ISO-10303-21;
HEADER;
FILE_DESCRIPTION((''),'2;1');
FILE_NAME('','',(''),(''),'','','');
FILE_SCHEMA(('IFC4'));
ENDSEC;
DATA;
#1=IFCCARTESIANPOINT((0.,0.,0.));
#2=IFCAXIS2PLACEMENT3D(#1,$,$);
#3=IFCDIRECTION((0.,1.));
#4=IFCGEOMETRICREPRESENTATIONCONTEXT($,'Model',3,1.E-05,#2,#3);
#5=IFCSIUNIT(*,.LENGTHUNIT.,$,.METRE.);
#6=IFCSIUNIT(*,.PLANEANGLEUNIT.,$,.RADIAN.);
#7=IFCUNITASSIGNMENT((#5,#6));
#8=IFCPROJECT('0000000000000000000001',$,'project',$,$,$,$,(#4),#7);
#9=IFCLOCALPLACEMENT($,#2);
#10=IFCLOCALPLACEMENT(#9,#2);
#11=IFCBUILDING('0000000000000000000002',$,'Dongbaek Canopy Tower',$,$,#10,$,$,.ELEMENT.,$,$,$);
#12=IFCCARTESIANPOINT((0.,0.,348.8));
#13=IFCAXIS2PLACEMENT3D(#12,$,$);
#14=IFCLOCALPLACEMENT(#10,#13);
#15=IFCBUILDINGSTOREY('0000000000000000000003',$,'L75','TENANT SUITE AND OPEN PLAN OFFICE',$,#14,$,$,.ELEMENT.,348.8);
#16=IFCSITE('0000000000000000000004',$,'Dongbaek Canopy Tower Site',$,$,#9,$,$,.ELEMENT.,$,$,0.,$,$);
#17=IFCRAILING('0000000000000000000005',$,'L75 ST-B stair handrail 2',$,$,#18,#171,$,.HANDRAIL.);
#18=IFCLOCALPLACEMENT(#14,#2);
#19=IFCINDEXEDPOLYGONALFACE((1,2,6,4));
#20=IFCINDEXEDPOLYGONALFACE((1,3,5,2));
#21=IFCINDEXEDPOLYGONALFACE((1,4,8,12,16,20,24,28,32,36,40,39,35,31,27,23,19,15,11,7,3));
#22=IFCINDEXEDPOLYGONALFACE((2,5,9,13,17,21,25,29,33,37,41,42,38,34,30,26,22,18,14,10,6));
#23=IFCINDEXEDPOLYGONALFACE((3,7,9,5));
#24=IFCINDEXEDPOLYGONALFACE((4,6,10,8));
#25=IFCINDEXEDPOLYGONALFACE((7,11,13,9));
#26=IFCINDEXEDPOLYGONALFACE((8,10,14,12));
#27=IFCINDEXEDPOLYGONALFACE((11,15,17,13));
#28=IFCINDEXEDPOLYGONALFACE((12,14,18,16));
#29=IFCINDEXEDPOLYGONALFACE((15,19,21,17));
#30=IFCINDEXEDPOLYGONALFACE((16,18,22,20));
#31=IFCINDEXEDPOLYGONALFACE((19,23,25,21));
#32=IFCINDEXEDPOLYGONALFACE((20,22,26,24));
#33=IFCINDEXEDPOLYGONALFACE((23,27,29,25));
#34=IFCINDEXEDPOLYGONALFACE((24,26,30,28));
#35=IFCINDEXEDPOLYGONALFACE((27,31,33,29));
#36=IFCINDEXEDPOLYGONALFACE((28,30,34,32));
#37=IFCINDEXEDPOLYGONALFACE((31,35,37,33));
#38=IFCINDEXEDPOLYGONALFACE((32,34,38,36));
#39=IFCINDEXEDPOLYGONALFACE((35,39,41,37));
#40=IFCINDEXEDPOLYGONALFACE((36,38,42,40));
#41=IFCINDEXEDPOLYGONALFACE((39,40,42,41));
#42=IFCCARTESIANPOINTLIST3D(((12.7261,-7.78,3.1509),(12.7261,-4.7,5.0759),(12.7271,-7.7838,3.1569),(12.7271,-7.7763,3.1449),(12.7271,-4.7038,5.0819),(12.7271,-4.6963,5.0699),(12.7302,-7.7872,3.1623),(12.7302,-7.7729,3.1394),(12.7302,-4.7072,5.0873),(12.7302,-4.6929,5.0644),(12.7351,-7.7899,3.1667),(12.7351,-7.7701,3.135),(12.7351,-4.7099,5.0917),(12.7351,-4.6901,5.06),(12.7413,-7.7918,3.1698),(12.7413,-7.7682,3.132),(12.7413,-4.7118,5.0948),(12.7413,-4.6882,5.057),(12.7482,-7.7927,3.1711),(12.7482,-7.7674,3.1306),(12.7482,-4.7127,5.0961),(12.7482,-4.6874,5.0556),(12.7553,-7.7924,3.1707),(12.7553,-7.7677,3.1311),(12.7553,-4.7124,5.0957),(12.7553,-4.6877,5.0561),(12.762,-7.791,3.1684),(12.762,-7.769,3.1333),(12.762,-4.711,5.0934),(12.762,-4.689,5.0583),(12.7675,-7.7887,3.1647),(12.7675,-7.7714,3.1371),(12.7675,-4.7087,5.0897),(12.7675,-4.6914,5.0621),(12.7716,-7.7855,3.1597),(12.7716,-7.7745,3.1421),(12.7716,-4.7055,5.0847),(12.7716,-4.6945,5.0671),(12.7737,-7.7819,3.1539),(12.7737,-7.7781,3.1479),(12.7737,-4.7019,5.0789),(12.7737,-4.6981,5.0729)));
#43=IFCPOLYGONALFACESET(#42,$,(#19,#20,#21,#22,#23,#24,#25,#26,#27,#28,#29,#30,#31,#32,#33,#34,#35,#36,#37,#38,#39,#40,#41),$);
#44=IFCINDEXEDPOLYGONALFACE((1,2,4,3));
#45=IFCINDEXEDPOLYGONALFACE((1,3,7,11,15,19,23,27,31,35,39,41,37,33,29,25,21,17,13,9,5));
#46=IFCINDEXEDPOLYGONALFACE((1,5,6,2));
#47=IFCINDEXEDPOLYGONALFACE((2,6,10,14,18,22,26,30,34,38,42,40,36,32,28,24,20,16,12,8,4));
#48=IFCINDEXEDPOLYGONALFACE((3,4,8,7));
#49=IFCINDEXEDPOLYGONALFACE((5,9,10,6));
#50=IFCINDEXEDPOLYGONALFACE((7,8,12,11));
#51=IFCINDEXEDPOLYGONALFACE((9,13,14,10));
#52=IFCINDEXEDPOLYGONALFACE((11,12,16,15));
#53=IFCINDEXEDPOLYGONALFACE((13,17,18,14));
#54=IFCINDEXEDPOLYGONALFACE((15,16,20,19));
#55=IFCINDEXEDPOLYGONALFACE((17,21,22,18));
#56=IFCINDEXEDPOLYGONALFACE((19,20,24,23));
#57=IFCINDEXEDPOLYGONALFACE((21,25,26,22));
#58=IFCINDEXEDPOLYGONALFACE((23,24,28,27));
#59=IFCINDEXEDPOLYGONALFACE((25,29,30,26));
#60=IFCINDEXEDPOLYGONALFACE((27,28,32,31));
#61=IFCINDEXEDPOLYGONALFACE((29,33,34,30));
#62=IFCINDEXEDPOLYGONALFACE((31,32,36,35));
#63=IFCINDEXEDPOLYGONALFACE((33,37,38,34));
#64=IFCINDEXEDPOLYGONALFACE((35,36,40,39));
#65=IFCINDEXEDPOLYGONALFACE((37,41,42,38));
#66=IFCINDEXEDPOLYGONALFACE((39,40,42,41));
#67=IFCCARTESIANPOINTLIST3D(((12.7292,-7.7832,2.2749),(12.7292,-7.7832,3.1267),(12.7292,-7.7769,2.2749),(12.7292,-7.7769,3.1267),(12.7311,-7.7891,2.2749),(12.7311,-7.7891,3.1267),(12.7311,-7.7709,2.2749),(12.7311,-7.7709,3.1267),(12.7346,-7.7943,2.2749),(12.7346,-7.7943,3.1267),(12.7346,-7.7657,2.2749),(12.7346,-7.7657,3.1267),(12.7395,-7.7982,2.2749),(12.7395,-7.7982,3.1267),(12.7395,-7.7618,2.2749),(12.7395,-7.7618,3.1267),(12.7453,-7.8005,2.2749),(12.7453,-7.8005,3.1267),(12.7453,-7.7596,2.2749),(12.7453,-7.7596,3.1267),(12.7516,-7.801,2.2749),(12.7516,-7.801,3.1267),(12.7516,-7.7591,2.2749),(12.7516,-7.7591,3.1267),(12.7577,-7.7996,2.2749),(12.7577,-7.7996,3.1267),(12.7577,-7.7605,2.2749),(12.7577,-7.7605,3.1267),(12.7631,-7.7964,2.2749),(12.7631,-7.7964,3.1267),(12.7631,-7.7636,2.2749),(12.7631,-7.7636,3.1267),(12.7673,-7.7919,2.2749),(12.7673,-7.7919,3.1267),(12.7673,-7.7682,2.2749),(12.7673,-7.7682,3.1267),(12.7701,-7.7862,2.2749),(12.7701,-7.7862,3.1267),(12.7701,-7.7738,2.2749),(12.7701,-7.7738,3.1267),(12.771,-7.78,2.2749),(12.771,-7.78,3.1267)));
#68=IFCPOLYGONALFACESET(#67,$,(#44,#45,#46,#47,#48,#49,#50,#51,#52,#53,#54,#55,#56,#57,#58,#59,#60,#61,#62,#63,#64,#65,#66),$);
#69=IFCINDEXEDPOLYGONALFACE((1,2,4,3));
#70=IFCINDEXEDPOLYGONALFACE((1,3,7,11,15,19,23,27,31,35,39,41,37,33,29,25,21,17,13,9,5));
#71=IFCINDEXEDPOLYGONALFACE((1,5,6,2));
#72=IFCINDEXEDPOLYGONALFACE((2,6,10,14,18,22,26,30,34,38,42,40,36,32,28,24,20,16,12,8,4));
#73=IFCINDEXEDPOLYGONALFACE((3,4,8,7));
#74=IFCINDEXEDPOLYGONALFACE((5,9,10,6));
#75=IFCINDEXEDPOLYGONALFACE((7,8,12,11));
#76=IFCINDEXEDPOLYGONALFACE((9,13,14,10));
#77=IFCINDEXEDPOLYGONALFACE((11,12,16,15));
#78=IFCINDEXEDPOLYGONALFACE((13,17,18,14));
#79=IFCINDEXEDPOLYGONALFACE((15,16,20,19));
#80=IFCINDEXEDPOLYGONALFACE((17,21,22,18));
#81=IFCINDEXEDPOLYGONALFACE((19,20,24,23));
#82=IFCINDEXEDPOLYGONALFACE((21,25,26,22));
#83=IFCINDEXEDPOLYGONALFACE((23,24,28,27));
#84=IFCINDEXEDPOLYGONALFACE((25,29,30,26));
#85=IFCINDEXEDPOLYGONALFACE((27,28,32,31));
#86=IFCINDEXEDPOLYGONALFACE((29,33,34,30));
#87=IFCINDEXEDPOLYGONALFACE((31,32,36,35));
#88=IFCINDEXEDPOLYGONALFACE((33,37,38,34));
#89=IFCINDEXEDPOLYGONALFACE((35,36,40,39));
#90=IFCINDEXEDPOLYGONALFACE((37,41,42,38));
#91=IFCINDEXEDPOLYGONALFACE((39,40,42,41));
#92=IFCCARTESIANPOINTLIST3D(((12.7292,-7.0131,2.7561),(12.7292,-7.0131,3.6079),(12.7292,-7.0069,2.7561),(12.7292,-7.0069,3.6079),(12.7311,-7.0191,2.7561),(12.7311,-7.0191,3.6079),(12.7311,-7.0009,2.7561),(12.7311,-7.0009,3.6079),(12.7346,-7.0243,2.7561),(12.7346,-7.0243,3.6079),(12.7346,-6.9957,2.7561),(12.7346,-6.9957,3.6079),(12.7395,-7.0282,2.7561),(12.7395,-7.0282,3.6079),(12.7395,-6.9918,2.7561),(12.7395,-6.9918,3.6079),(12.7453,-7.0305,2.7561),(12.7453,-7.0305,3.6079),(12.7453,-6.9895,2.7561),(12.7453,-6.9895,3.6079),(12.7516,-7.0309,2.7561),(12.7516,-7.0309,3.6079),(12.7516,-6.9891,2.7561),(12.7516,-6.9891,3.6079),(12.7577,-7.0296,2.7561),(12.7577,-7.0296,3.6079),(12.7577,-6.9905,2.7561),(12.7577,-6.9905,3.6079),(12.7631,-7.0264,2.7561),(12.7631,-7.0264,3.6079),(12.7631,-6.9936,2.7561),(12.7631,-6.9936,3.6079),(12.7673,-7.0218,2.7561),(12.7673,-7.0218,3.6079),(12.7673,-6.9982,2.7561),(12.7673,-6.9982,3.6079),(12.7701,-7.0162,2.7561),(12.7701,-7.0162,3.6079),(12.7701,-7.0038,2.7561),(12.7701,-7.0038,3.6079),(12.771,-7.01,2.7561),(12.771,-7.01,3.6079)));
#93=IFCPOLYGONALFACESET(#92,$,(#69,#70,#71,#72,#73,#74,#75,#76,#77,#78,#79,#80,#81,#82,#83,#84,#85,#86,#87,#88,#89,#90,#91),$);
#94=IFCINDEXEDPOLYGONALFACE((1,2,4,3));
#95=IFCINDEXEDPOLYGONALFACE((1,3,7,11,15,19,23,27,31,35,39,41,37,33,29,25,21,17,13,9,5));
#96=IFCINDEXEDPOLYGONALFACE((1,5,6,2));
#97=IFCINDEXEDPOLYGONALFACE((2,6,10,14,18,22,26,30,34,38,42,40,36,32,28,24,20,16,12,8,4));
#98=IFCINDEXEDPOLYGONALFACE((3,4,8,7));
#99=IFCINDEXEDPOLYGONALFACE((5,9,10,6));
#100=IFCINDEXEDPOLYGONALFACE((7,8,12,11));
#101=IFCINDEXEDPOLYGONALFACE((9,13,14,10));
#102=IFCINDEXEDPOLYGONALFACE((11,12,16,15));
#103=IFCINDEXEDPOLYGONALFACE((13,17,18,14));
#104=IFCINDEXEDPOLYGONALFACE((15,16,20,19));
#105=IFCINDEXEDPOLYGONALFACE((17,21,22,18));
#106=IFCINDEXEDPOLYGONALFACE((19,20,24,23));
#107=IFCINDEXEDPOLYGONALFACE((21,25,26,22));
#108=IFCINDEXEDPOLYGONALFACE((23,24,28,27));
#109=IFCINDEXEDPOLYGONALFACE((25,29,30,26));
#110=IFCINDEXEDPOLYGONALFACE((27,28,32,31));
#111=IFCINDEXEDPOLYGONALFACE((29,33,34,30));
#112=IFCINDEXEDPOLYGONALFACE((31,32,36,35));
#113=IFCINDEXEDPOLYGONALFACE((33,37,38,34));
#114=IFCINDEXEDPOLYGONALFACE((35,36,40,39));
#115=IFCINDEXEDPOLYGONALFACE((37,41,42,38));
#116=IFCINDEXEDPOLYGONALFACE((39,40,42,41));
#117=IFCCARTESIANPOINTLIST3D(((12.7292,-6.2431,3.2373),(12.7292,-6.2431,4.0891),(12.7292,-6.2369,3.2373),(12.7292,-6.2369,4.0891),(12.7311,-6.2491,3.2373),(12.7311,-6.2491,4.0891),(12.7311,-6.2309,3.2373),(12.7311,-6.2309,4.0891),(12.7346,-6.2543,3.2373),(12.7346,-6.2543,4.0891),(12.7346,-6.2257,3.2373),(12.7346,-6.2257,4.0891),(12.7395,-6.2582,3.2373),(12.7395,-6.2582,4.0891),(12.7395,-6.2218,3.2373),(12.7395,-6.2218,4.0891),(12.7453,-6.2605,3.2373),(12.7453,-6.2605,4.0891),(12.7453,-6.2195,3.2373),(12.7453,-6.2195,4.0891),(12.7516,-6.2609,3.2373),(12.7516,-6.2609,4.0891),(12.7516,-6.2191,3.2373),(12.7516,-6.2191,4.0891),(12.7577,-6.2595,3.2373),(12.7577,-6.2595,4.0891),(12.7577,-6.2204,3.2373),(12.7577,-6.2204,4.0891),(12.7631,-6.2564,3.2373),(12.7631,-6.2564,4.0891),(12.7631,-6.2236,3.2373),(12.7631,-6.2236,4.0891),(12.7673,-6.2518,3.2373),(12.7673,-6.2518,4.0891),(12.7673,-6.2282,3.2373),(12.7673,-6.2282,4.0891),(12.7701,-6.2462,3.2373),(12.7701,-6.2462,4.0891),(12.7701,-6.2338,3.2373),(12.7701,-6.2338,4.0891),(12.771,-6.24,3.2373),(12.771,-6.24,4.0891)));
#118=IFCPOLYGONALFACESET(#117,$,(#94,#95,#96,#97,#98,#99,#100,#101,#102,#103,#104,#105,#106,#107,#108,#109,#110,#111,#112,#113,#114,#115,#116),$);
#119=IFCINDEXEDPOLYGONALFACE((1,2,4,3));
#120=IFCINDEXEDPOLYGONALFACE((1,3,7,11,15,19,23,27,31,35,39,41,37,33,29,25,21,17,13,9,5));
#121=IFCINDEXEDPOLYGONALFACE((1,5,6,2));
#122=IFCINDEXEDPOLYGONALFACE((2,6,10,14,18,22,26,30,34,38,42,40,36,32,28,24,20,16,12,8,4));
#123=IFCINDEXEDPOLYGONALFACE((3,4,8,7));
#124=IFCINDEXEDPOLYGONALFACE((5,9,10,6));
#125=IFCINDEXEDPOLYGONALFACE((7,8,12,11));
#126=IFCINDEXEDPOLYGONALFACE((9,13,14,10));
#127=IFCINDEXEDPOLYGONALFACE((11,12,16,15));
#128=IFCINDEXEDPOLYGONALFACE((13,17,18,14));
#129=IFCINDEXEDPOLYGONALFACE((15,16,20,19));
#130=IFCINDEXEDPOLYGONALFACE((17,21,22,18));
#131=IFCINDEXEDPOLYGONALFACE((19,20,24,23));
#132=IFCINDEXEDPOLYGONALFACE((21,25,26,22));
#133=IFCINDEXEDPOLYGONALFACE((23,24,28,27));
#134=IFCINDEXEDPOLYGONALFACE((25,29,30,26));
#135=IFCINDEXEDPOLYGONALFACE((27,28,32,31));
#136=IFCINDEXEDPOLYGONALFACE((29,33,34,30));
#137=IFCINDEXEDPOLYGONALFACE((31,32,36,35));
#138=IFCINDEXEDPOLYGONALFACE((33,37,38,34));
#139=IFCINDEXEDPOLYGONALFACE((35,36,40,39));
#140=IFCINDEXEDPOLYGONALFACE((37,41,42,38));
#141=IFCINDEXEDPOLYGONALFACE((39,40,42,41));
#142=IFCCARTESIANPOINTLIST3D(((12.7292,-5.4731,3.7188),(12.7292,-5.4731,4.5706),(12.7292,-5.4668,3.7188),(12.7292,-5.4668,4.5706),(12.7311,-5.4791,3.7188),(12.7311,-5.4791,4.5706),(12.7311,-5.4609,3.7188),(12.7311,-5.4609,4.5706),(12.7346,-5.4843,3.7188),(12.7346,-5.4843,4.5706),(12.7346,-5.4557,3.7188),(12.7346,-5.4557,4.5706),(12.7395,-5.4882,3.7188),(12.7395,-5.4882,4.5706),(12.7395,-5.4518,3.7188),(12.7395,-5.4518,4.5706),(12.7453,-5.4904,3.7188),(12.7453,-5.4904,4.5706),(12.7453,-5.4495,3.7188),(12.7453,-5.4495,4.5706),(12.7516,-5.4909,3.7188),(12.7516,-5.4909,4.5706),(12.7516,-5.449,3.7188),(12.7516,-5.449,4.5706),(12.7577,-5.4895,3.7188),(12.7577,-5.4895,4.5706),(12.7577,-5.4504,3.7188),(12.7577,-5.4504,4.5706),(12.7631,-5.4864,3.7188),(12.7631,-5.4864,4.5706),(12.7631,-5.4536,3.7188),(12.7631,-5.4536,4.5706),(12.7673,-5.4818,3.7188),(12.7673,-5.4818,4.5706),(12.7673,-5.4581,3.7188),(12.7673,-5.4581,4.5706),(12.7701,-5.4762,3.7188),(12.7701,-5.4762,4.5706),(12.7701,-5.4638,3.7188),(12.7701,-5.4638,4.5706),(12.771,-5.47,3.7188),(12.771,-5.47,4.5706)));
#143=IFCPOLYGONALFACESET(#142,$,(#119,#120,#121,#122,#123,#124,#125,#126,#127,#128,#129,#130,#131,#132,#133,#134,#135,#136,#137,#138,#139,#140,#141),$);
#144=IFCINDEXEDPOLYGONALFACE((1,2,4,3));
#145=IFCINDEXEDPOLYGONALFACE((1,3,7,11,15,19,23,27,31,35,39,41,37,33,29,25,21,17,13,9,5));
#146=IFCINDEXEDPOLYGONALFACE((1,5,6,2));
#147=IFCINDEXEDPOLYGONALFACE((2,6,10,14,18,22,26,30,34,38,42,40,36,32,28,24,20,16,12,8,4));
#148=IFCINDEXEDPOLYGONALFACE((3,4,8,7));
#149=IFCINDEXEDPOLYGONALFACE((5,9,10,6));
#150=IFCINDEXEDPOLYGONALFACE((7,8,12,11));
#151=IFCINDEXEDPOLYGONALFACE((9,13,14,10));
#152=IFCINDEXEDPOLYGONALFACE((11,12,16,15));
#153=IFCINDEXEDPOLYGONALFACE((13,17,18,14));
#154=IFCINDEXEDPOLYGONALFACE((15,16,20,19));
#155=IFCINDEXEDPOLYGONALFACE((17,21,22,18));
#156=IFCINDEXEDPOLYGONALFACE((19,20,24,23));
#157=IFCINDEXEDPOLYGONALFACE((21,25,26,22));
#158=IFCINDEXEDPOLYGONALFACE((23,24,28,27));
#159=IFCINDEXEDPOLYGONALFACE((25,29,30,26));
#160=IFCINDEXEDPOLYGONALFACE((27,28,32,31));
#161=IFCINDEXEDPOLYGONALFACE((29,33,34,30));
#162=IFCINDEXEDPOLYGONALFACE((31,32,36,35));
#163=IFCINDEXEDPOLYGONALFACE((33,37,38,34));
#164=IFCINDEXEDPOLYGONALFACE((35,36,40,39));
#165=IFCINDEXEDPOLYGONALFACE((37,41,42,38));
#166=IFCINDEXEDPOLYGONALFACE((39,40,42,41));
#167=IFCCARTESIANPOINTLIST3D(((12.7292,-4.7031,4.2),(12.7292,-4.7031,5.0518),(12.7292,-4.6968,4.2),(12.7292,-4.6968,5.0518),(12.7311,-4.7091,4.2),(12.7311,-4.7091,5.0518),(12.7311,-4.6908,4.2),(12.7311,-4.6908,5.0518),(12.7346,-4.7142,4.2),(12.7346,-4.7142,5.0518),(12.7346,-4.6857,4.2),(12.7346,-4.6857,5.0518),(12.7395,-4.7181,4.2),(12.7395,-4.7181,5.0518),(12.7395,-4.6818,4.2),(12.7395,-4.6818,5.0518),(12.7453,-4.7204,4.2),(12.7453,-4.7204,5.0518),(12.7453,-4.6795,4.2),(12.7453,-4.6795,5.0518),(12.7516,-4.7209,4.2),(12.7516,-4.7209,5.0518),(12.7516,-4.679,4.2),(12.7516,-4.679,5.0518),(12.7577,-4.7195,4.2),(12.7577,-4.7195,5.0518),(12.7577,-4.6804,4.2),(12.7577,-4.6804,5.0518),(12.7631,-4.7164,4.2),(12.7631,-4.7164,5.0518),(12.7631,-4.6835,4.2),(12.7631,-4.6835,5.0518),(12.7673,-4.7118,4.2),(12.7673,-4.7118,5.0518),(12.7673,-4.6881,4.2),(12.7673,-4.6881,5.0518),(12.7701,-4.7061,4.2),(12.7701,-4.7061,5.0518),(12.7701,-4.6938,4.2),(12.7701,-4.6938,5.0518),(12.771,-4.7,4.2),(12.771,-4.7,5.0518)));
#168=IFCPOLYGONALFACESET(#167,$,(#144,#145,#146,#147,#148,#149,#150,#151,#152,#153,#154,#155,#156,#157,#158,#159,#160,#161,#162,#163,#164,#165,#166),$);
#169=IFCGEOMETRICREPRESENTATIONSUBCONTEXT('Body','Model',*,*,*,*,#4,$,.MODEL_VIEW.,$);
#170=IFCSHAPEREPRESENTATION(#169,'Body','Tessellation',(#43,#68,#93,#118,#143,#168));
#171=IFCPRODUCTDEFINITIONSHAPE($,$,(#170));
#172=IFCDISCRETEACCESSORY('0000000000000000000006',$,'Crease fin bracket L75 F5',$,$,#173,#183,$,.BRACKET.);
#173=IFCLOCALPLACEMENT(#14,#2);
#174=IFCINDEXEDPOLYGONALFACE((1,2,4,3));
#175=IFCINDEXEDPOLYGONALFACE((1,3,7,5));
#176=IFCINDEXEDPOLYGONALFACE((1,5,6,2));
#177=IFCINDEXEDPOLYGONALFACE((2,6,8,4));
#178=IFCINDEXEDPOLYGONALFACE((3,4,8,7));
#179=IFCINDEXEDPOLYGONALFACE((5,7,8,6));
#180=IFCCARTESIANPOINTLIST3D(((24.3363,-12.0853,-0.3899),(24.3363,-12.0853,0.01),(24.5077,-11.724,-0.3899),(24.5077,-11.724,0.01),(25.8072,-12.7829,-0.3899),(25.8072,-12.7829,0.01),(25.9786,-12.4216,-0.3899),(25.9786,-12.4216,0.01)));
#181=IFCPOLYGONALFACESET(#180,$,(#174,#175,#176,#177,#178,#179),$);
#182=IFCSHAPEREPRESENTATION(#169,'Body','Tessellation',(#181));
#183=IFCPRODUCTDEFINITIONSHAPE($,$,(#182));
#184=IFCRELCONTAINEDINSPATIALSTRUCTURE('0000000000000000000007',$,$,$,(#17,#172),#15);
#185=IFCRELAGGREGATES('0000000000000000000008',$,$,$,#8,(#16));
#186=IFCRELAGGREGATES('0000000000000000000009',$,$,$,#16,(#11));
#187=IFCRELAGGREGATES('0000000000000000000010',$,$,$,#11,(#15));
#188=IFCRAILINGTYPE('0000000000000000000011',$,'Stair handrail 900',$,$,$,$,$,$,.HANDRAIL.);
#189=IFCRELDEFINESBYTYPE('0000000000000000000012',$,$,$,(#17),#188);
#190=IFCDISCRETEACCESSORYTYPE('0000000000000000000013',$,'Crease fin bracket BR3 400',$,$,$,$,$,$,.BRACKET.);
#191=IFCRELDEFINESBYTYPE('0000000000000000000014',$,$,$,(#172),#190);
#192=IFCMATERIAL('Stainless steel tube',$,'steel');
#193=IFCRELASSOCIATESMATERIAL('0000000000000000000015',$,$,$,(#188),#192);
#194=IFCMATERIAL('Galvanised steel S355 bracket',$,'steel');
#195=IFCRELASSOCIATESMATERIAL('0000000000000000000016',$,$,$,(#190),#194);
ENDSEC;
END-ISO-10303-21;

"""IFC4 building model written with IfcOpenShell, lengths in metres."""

from ifc_helpers import new_model, si_unit, direction, frame, origin, origin_2d, place, context, subcontext, project, spatial, rectangle, circle, extrude, material, type_object, element, save


model = new_model("IFC4")

# Units and contexts
model_context = context("Model", 3, precision=1e-05, world=origin(), true_north=direction((0.0, 1.0)))
body_context = subcontext(model_context, "Body", "Model", "MODEL_VIEW")
ifc_project = project(units=[si_unit("LENGTHUNIT", "METRE"), si_unit("PLANEANGLEUNIT", "RADIAN")], contexts=[model_context])

# Site, building, storey
site_placement = place(None, origin())
site = spatial("IfcSite", under=ifc_project, at=site_placement, Name="Dongbaek Canopy Tower Site", CompositionType="ELEMENT", RefElevation=0.0)
building_placement = place(site_placement, origin())
building = spatial("IfcBuilding", under=site, at=building_placement, Name="Dongbaek Canopy Tower", CompositionType="ELEMENT")
storey_placement = place(building_placement, frame((0.0, 0.0, 348.8)))
storey = spatial("IfcBuildingStorey", under=building, at=storey_placement, Name="L75", Description="TENANT SUITE AND OPEN PLAN OFFICE", CompositionType="ELEMENT", Elevation=348.8)

# Railing
ifc_material_1 = material(Name="Stainless steel tube", Category="steel")
railing_type_1 = type_object("IfcRailingType", Name="Stair handrail 900", PredefinedType="HANDRAIL", material=ifc_material_1)
railing_1_placement = place(storey_placement, frame((12.75, -7.78, 2.2749)))
element("IfcRailing", 1, at=railing_1_placement, inside=storey, type_object=railing_type_1, Name="L75 ST-B stair handrail 2", PredefinedType="HANDRAIL", context=body_context, shape_type="SweptSolid", body=[
    extrude(circle(Radius=0.0239, at=origin_2d()), frame((0.0, 0.0, 0.876), z_axis=(0.0, 0.847998, 0.529999), x_axis=(-1.0, 0.0, 0.0)), (0.0, 0.0, 1.0), 3.6321),
    extrude(circle(Radius=0.021, at=origin_2d()), origin(), (0.0, 0.0, 1.0), 0.8518),
    extrude(circle(Radius=0.021, at=origin_2d()), frame((0.0, 0.77, 0.4812)), (0.0, 0.0, 1.0), 0.8518),
    extrude(circle(Radius=0.021, at=origin_2d()), frame((0.0, 1.54, 0.9624)), (0.0, 0.0, 1.0), 0.8518),
    extrude(circle(Radius=0.021, at=origin_2d()), frame((0.0, 2.3101, 1.4438)), (0.0, 0.0, 1.0), 0.8518),
    extrude(circle(Radius=0.021, at=origin_2d()), frame((0.0, 3.0801, 1.925)), (0.0, 0.0, 1.0), 0.8518),
])

# Discrete accessory
ifc_material_2 = material(Name="Galvanised steel S355 bracket", Category="steel")
discrete_accessory_type = type_object("IfcDiscreteAccessoryType", Name="Crease fin bracket BR3 400", PredefinedType="BRACKET", material=ifc_material_2)
discrete_accessory_placement = place(storey_placement, frame((25.1575, -12.2534, -0.3899), z_axis=(0.0, 0.0, 1.0), x_axis=(0.903531, -0.428522, 0.0)))
element("IfcDiscreteAccessory", 2, at=discrete_accessory_placement, inside=storey, type_object=discrete_accessory_type, Name="Crease fin bracket L75 F5", PredefinedType="BRACKET", context=body_context, shape_type="SweptSolid", body=[
    extrude(rectangle(XDim=1.6279, YDim=0.3999, at=origin_2d()), origin(), (0.0, 0.0, 1.0), 0.3999),
])

save(model, "model.ifc")
